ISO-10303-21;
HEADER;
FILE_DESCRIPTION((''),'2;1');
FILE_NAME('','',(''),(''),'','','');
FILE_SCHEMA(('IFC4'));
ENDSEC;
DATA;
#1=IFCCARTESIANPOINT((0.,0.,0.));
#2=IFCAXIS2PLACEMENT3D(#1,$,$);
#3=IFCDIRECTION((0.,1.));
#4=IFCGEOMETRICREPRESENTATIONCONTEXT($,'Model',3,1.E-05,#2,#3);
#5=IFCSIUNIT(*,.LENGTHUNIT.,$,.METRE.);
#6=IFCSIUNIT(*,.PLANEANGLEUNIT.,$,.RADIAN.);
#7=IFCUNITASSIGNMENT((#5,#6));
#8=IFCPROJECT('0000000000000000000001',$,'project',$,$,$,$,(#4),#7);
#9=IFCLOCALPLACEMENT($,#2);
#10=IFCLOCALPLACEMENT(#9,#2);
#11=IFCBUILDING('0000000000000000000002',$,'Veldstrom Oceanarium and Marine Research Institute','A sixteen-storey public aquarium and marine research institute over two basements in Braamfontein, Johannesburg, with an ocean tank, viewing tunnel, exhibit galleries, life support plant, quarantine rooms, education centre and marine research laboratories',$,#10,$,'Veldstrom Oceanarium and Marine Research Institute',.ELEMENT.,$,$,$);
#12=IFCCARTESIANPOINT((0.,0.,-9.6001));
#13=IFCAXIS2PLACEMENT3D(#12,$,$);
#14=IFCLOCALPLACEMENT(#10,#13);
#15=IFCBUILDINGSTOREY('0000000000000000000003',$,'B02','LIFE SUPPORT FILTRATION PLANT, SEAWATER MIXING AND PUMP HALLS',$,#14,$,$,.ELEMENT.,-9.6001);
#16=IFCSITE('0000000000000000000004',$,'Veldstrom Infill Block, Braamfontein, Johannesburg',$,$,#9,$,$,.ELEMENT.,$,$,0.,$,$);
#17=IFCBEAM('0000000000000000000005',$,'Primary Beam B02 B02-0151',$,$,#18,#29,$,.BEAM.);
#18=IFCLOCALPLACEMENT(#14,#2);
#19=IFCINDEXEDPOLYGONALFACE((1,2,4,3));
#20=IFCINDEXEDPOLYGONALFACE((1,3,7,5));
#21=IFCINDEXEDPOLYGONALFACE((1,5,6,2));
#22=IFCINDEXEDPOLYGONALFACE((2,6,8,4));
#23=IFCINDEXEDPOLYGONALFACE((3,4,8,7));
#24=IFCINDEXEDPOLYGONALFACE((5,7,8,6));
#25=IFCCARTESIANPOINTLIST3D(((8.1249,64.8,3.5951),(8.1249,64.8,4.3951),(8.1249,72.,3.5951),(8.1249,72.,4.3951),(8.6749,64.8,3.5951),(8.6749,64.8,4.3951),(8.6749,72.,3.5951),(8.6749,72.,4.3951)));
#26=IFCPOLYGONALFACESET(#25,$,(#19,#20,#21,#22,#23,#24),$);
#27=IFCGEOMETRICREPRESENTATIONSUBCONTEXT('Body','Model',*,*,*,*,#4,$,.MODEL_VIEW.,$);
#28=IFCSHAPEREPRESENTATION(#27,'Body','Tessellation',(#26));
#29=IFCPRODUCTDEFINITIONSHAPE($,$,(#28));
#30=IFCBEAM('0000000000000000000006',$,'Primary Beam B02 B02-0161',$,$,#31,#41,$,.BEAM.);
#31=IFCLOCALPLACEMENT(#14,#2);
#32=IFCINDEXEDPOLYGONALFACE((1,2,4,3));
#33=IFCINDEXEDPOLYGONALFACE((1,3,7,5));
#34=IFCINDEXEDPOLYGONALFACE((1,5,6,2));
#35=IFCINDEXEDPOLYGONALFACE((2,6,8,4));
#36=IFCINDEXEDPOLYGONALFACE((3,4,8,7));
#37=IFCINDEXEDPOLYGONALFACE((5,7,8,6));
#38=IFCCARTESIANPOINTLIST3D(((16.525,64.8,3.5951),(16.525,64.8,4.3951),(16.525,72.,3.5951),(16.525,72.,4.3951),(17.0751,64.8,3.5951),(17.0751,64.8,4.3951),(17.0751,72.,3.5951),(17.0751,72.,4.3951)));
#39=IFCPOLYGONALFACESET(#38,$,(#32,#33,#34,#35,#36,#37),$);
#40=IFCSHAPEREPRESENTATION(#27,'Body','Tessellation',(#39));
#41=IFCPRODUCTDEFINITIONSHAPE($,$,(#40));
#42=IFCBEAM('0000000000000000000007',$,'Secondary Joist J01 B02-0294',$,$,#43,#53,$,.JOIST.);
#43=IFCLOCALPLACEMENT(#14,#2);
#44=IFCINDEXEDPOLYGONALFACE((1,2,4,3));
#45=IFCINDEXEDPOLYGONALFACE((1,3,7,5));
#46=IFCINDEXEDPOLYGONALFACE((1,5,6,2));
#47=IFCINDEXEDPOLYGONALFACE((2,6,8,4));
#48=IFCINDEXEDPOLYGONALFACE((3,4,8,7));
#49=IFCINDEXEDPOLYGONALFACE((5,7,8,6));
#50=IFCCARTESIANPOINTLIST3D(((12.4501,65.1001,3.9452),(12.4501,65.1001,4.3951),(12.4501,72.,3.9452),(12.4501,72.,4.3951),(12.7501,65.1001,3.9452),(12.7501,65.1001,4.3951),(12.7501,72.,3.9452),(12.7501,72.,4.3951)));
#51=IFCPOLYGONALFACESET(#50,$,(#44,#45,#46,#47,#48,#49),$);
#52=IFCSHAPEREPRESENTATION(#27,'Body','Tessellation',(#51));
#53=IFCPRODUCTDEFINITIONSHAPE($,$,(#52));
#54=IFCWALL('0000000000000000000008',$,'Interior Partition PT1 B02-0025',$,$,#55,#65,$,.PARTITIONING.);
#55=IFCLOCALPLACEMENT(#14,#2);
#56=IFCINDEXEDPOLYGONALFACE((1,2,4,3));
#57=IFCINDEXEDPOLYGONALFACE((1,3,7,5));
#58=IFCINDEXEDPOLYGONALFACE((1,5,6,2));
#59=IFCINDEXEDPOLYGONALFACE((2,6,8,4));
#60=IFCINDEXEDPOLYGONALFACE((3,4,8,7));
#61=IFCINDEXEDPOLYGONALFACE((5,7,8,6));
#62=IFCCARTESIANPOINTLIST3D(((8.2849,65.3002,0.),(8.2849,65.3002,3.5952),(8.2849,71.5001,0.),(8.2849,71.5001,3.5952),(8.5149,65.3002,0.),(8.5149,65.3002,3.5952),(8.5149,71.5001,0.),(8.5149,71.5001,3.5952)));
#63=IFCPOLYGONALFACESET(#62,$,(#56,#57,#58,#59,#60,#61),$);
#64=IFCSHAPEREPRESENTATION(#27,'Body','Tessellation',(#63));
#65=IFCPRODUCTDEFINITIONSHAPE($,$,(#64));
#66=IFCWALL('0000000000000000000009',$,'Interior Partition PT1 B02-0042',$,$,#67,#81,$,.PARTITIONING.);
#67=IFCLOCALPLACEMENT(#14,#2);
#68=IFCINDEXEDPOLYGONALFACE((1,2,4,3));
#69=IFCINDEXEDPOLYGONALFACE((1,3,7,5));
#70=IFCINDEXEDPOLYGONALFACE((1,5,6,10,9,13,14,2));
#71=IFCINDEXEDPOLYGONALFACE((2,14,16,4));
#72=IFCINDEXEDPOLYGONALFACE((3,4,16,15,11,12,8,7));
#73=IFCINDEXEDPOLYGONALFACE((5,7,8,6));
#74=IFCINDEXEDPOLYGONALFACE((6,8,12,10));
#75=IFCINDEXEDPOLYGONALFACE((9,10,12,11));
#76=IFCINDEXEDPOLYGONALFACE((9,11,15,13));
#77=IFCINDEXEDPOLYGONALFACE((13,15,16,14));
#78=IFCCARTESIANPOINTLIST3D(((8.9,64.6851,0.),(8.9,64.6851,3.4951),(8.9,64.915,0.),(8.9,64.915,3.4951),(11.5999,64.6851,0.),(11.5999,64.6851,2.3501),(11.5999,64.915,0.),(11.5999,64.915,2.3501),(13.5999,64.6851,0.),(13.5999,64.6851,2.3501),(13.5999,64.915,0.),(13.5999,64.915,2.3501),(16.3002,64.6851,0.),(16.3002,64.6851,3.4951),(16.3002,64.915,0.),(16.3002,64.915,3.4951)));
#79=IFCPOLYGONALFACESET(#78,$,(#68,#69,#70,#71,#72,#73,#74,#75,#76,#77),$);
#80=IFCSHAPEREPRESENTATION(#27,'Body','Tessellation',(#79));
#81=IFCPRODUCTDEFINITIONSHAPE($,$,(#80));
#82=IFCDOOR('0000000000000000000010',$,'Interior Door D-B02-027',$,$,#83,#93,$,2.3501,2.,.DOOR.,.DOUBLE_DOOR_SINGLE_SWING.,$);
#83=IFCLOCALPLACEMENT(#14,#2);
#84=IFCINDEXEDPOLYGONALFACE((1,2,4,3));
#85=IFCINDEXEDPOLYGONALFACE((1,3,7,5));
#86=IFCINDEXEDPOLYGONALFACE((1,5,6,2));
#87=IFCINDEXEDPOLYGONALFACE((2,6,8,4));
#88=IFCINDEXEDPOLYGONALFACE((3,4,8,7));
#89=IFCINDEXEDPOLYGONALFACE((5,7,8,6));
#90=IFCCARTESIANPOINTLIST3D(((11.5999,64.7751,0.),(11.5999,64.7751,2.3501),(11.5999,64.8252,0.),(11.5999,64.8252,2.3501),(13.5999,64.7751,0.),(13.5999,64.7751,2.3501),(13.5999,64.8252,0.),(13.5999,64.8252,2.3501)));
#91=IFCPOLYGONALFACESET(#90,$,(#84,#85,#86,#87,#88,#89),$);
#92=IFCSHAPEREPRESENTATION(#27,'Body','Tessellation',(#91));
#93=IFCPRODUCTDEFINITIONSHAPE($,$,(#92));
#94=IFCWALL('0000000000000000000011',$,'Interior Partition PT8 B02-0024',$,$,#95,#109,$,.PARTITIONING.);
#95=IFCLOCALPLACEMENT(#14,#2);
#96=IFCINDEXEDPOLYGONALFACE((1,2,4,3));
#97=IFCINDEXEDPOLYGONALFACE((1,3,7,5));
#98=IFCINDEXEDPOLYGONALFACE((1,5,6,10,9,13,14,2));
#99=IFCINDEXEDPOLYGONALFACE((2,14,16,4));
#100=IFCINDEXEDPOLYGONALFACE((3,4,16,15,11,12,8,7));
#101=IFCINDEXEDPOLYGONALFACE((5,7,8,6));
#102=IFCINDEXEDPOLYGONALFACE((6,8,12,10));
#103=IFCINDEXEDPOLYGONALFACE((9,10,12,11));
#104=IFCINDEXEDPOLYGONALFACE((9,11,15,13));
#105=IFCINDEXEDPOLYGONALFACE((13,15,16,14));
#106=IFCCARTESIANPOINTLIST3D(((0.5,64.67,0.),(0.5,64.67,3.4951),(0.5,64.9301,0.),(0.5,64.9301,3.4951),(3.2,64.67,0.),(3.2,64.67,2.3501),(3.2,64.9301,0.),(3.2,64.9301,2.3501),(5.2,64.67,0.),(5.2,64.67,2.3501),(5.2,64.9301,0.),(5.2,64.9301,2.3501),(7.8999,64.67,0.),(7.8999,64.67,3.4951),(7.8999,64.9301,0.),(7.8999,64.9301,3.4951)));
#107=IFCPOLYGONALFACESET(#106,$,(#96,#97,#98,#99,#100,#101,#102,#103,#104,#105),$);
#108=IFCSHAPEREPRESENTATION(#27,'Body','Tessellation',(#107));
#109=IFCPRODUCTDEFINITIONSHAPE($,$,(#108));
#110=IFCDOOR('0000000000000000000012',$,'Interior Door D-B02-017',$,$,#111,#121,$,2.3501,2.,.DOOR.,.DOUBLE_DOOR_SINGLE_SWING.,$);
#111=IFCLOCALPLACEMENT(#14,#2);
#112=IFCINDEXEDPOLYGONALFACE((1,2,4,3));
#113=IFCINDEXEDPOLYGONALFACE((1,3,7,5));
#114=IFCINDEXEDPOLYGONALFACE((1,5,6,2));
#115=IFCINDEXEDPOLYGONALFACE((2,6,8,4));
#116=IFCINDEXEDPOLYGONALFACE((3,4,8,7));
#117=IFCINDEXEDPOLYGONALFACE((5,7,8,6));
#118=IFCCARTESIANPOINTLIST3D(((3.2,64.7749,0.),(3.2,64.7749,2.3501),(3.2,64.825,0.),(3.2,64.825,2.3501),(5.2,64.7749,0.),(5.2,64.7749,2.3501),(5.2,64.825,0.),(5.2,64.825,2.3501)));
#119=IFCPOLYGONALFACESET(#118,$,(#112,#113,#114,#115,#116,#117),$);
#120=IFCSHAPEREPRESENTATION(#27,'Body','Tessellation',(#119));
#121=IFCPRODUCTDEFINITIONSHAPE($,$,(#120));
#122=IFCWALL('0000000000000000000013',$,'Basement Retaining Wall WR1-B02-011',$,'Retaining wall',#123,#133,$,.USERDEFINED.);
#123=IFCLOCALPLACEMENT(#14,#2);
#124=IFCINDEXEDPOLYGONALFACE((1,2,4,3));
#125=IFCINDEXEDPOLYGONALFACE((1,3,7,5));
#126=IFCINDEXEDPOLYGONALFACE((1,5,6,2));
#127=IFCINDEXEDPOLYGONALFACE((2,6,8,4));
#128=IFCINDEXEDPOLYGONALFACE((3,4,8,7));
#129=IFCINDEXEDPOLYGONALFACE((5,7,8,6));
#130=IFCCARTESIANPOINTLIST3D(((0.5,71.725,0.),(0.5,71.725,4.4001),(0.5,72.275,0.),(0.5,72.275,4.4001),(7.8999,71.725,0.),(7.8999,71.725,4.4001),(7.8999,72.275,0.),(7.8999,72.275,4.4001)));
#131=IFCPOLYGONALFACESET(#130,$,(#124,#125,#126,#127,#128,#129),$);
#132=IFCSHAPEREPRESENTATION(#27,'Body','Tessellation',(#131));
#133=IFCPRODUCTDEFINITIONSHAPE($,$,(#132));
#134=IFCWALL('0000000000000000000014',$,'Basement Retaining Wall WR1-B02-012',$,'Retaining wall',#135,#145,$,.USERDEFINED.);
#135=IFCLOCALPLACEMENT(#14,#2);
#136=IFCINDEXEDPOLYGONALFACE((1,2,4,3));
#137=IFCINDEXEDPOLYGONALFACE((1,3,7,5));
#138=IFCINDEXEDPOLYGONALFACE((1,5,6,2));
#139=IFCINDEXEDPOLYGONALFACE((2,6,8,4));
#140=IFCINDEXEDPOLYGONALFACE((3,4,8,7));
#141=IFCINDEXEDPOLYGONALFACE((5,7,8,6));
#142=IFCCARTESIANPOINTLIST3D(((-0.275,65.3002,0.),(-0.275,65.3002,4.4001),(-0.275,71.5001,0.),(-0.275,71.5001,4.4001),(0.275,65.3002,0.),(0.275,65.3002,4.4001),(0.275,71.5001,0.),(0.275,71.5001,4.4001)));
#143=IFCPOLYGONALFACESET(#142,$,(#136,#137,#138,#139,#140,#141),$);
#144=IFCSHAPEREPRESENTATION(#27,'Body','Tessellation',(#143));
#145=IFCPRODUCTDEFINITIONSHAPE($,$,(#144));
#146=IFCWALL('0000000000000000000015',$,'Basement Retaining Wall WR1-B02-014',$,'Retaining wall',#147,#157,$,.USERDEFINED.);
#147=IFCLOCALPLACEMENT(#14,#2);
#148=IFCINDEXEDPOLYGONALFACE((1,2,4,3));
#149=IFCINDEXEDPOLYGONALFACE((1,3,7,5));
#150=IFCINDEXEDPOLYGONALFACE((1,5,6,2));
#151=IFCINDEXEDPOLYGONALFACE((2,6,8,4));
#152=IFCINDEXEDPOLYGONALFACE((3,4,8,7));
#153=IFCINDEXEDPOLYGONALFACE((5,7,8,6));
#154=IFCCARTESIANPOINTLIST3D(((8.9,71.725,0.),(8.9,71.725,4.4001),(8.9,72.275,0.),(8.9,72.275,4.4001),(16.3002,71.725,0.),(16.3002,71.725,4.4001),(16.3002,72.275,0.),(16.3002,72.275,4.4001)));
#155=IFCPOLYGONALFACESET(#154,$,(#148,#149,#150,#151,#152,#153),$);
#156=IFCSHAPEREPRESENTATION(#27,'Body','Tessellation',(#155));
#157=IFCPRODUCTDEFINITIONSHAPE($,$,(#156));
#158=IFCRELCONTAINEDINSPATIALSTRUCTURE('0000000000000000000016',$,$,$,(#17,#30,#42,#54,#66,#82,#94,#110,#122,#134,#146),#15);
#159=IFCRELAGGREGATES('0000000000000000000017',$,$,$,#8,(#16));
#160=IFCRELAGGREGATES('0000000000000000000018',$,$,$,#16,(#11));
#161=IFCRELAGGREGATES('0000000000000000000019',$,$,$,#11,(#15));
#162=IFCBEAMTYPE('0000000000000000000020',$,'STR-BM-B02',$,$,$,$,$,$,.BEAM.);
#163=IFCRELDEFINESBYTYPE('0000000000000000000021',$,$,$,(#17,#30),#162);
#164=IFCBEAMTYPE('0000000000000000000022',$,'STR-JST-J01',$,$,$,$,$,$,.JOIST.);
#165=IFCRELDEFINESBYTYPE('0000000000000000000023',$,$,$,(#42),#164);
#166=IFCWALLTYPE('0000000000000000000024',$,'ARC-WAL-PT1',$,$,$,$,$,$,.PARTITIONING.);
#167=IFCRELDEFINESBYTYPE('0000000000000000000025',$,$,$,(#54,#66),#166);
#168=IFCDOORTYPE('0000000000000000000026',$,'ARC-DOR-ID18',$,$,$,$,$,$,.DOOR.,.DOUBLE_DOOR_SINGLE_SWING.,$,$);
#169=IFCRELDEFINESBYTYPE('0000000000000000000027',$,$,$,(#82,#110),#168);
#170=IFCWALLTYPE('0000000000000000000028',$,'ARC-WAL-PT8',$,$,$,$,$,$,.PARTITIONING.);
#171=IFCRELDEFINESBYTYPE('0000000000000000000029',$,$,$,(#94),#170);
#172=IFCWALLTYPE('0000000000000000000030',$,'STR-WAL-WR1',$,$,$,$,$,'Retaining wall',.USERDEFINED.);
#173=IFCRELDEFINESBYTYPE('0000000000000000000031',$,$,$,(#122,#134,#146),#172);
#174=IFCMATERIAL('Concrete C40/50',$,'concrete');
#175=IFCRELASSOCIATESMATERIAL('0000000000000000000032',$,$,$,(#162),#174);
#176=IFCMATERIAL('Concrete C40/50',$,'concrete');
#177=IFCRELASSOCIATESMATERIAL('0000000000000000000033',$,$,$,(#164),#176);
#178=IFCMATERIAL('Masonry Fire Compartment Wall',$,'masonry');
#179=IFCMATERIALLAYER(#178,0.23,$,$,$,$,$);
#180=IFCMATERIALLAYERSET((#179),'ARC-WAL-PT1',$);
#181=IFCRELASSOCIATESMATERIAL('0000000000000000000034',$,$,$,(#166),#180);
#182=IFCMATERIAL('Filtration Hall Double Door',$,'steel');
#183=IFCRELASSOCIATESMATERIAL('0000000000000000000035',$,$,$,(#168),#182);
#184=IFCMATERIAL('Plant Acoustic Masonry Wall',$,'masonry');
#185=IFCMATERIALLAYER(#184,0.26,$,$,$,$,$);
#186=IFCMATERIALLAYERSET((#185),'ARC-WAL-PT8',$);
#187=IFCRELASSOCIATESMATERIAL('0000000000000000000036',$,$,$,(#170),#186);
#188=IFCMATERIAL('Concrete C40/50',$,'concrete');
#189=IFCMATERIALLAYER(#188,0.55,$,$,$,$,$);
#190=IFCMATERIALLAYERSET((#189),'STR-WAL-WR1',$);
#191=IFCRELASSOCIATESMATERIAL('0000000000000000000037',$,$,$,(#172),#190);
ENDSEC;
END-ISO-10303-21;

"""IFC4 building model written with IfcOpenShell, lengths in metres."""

from ifc_helpers import new_model, si_unit, direction, frame, frame_2d, origin, origin_2d, place, context, subcontext, project, spatial, rectangle, extrude, material, layer, layer_set, material_profile, profile_set, type_object, element, fill, save


model = new_model("IFC4")

# Units and contexts
model_context = context("Model", 3, precision=1e-05, world=origin(), true_north=direction((0.0, 1.0)))
body_context = subcontext(model_context, "Body", "Model", "MODEL_VIEW")
ifc_project = project(units=[si_unit("LENGTHUNIT", "METRE"), si_unit("PLANEANGLEUNIT", "RADIAN")], contexts=[model_context])

# Site, building, storey
site_placement = place(None, origin())
site = spatial("IfcSite", under=ifc_project, at=site_placement, Name="Veldstrom Infill Block, Braamfontein, Johannesburg", CompositionType="ELEMENT", RefElevation=0.0)
building_placement = place(site_placement, origin())
building = spatial("IfcBuilding", under=site, at=building_placement, Name="Veldstrom Oceanarium and Marine Research Institute", Description="A sixteen-storey public aquarium and marine research institute over two basements in Braamfontein, Johannesburg, with an ocean tank, viewing tunnel, exhibit galleries, life support plant, quarantine rooms, education centre and marine research laboratories", LongName="Veldstrom Oceanarium and Marine Research Institute", CompositionType="ELEMENT")
storey_placement = place(building_placement, frame((0.0, 0.0, -9.6001)))
storey = spatial("IfcBuildingStorey", under=building, at=storey_placement, Name="B02", Description="LIFE SUPPORT FILTRATION PLANT, SEAWATER MIXING AND PUMP HALLS", CompositionType="ELEMENT", Elevation=-9.6001)

# Beams
ifc_material_1 = material(Name="Concrete C40/50", Category="concrete")
ifc_material_profile_1 = material_profile(ifc_material_1, rectangle(XDim=0.55, YDim=0.8, at=origin_2d()), Name="RC-BM-550x800")
ifc_profile_set_1 = profile_set([ifc_material_profile_1], Name="Concrete C40/50")
beam_type_1 = type_object("IfcBeamType", Name="STR-BM-B02", PredefinedType="BEAM", material=ifc_profile_set_1)
for number, where, z_axis, x_axis, name in (
    (1, (8.3999, 64.8, 3.9951), (0.0, 1.0, 0.0), (-1.0, 0.0, 0.0), "Primary Beam B02 B02-0151"),
    (2, (16.8, 64.8, 3.9951), (0.0, 1.0, 0.0), (-1.0, 0.0, 0.0), "Primary Beam B02 B02-0161"),
):
    element("IfcBeam", number, at=place(storey_placement, frame(where, z_axis=z_axis, x_axis=x_axis)), inside=storey, type_object=beam_type_1, Name=name, PredefinedType="BEAM", context=body_context, shape_type="SweptSolid", body=[
        extrude(rectangle(XDim=0.55, YDim=0.8, at=origin_2d()), origin(), (0.0, 0.0, 1.0), 7.2),
    ])
ifc_material_2 = material(Name="Concrete C40/50", Category="concrete")
ifc_material_profile_2 = material_profile(ifc_material_2, rectangle(XDim=0.3, YDim=0.45, at=origin_2d()), Name="RC-JST-300x450")
ifc_profile_set_2 = profile_set([ifc_material_profile_2], Name="Concrete C40/50")
beam_type_2 = type_object("IfcBeamType", Name="STR-JST-J01", PredefinedType="JOIST", material=ifc_profile_set_2)
beam_1_placement = place(storey_placement, frame((12.6001, 65.1001, 4.1702), z_axis=(0.0, 1.0, 0.0), x_axis=(-1.0, 0.0, 0.0)))
element("IfcBeam", 3, at=beam_1_placement, inside=storey, type_object=beam_type_2, Name="Secondary Joist J01 B02-0294", PredefinedType="JOIST", context=body_context, shape_type="SweptSolid", body=[
    extrude(rectangle(XDim=0.3, YDim=0.45, at=origin_2d()), origin(), (0.0, 0.0, 1.0), 6.8999),
])

# Wall
ifc_material_3 = material(Name="Masonry Fire Compartment Wall", Category="masonry")
ifc_layer_1 = layer(ifc_material_3, 0.23)
ifc_layer_set_1 = layer_set([ifc_layer_1], Name="ARC-WAL-PT1")
wall_type_1 = type_object("IfcWallType", Name="ARC-WAL-PT1", PredefinedType="PARTITIONING", material=ifc_layer_set_1)
wall_1_placement = place(storey_placement, frame((8.3999, 65.3, 0.0), z_axis=(0.0, 0.0, 1.0), x_axis=(0.0, 1.0, 0.0)))
element("IfcWall", 4, at=wall_1_placement, inside=storey, type_object=wall_type_1, Name="Interior Partition PT1 B02-0025", PredefinedType="PARTITIONING", context=body_context, shape_type="SweptSolid", body=[
    extrude(rectangle(XDim=6.2, YDim=0.23, at=frame_2d((3.1001, 0.0))), origin(), (0.0, 0.0, 1.0), 3.5952),
])

# Walls, openings, doors
wall_2_placement = place(storey_placement, frame((8.8999, 64.8, 0.0), z_axis=(0.0, 0.0, 1.0), x_axis=(1.0, 0.0, 0.0)))
wall_2 = element("IfcWall", 5, at=wall_2_placement, inside=storey, type_object=wall_type_1, Name="Interior Partition PT1 B02-0042", PredefinedType="PARTITIONING", context=body_context, shape_type="SweptSolid", body=[
    extrude(rectangle(XDim=7.4001, YDim=0.23, at=frame_2d((3.7002, 0.0))), origin(), (0.0, 0.0, 1.0), 3.4951),
])
opening_1_placement = place(wall_2_placement, frame((2.7, 0.0, 0.0)))
opening_1 = element("IfcOpeningElement", 6, at=opening_1_placement, cuts=wall_2, PredefinedType="OPENING", context=body_context, shape_type="SweptSolid", body=[
    extrude(rectangle(XDim=2.0, YDim=2.3501, at=frame_2d((1.0, 1.175))), frame((0.0, 0.125, 0.0), z_axis=(0.0, -1.0, 0.0), x_axis=(1.0, 0.0, 0.0)), (0.0, 0.0, 1.0), 0.25),
])
ifc_material_4 = material(Name="Filtration Hall Double Door", Category="steel")
door_type = type_object("IfcDoorType", Name="ARC-DOR-ID18", OperationType="DOUBLE_DOOR_SINGLE_SWING", PredefinedType="DOOR", material=ifc_material_4)
door_1_placement = place(opening_1_placement, frame((2.0, 0.0, 0.0), z_axis=(0.0, 0.0, 1.0), x_axis=(-1.0, 0.0, 0.0)))
door_1 = element("IfcDoor", 7, at=door_1_placement, inside=storey, type_object=door_type, Name="Interior Door D-B02-027", OperationType="DOUBLE_DOOR_SINGLE_SWING", OverallHeight=2.3501, OverallWidth=2.0, PredefinedType="DOOR", context=body_context, shape_type="SweptSolid", body=[
    extrude(rectangle(XDim=2.0, YDim=2.3501, at=frame_2d((1.0, 1.175))), frame((0.0, 0.0249, 0.0), z_axis=(0.0, -1.0, 0.0), x_axis=(1.0, 0.0, 0.0)), (0.0, 0.0, 1.0), 0.05),
])
fill(opening_1, door_1)
ifc_material_5 = material(Name="Plant Acoustic Masonry Wall", Category="masonry")
ifc_layer_2 = layer(ifc_material_5, 0.26)
ifc_layer_set_2 = layer_set([ifc_layer_2], Name="ARC-WAL-PT8")
wall_type_2 = type_object("IfcWallType", Name="ARC-WAL-PT8", PredefinedType="PARTITIONING", material=ifc_layer_set_2)
wall_3_placement = place(storey_placement, frame((0.5, 64.8, 0.0), z_axis=(0.0, 0.0, 1.0), x_axis=(1.0, 0.0, 0.0)))
wall_3 = element("IfcWall", 8, at=wall_3_placement, inside=storey, type_object=wall_type_2, Name="Interior Partition PT8 B02-0024", PredefinedType="PARTITIONING", context=body_context, shape_type="SweptSolid", body=[
    extrude(rectangle(XDim=7.3999, YDim=0.26, at=frame_2d((3.7, 0.0))), origin(), (0.0, 0.0, 1.0), 3.4951),
])
opening_2_placement = place(wall_3_placement, frame((2.7, 0.0, 0.0)))
opening_2 = element("IfcOpeningElement", 9, at=opening_2_placement, cuts=wall_3, PredefinedType="OPENING", context=body_context, shape_type="SweptSolid", body=[
    extrude(rectangle(XDim=2.0, YDim=2.3501, at=frame_2d((1.0, 1.175))), frame((0.0, 0.1399, 0.0), z_axis=(0.0, -1.0, 0.0), x_axis=(1.0, 0.0, 0.0)), (0.0, 0.0, 1.0), 0.28),
])
door_2_placement = place(opening_2_placement, origin())
door_2 = element("IfcDoor", 10, at=door_2_placement, inside=storey, type_object=door_type, Name="Interior Door D-B02-017", OperationType="DOUBLE_DOOR_SINGLE_SWING", OverallHeight=2.3501, OverallWidth=2.0, PredefinedType="DOOR", context=body_context, shape_type="SweptSolid", body=[
    extrude(rectangle(XDim=2.0, YDim=2.3501, at=frame_2d((1.0, 1.175))), frame((0.0, 0.0249, 0.0), z_axis=(0.0, -1.0, 0.0), x_axis=(1.0, 0.0, 0.0)), (0.0, 0.0, 1.0), 0.05),
])
fill(opening_2, door_2)

# Walls
ifc_material_6 = material(Name="Concrete C40/50", Category="concrete")
ifc_layer_3 = layer(ifc_material_6, 0.55)
ifc_layer_set_3 = layer_set([ifc_layer_3], Name="STR-WAL-WR1")
wall_type_3 = type_object("IfcWallType", Name="STR-WAL-WR1", ElementType="Retaining wall", PredefinedType="USERDEFINED", material=ifc_layer_set_3)
wall_4_placement = place(storey_placement, frame((0.5, 72.0, 0.0), z_axis=(0.0, 0.0, 1.0), x_axis=(1.0, 0.0, 0.0)))
element("IfcWall", 11, at=wall_4_placement, inside=storey, type_object=wall_type_3, Name="Basement Retaining Wall WR1-B02-011", ObjectType="Retaining wall", PredefinedType="USERDEFINED", context=body_context, shape_type="SweptSolid", body=[
    extrude(rectangle(XDim=7.3999, YDim=0.55, at=frame_2d((3.7, 0.0))), origin(), (0.0, 0.0, 1.0), 4.4001),
])
wall_5_placement = place(storey_placement, frame((0.0, 65.3, 0.0), z_axis=(0.0, 0.0, 1.0), x_axis=(0.0, 1.0, 0.0)))
element("IfcWall", 12, at=wall_5_placement, inside=storey, type_object=wall_type_3, Name="Basement Retaining Wall WR1-B02-012", ObjectType="Retaining wall", PredefinedType="USERDEFINED", context=body_context, shape_type="SweptSolid", body=[
    extrude(rectangle(XDim=6.2, YDim=0.55, at=frame_2d((3.1001, 0.0))), origin(), (0.0, 0.0, 1.0), 4.4001),
])
wall_6_placement = place(storey_placement, frame((8.8999, 72.0, 0.0), z_axis=(0.0, 0.0, 1.0), x_axis=(1.0, 0.0, 0.0)))
element("IfcWall", 13, at=wall_6_placement, inside=storey, type_object=wall_type_3, Name="Basement Retaining Wall WR1-B02-014", ObjectType="Retaining wall", PredefinedType="USERDEFINED", context=body_context, shape_type="SweptSolid", body=[
    extrude(rectangle(XDim=7.4001, YDim=0.55, at=frame_2d((3.7002, 0.0))), origin(), (0.0, 0.0, 1.0), 4.4001),
])

save(model, "model.ifc")
